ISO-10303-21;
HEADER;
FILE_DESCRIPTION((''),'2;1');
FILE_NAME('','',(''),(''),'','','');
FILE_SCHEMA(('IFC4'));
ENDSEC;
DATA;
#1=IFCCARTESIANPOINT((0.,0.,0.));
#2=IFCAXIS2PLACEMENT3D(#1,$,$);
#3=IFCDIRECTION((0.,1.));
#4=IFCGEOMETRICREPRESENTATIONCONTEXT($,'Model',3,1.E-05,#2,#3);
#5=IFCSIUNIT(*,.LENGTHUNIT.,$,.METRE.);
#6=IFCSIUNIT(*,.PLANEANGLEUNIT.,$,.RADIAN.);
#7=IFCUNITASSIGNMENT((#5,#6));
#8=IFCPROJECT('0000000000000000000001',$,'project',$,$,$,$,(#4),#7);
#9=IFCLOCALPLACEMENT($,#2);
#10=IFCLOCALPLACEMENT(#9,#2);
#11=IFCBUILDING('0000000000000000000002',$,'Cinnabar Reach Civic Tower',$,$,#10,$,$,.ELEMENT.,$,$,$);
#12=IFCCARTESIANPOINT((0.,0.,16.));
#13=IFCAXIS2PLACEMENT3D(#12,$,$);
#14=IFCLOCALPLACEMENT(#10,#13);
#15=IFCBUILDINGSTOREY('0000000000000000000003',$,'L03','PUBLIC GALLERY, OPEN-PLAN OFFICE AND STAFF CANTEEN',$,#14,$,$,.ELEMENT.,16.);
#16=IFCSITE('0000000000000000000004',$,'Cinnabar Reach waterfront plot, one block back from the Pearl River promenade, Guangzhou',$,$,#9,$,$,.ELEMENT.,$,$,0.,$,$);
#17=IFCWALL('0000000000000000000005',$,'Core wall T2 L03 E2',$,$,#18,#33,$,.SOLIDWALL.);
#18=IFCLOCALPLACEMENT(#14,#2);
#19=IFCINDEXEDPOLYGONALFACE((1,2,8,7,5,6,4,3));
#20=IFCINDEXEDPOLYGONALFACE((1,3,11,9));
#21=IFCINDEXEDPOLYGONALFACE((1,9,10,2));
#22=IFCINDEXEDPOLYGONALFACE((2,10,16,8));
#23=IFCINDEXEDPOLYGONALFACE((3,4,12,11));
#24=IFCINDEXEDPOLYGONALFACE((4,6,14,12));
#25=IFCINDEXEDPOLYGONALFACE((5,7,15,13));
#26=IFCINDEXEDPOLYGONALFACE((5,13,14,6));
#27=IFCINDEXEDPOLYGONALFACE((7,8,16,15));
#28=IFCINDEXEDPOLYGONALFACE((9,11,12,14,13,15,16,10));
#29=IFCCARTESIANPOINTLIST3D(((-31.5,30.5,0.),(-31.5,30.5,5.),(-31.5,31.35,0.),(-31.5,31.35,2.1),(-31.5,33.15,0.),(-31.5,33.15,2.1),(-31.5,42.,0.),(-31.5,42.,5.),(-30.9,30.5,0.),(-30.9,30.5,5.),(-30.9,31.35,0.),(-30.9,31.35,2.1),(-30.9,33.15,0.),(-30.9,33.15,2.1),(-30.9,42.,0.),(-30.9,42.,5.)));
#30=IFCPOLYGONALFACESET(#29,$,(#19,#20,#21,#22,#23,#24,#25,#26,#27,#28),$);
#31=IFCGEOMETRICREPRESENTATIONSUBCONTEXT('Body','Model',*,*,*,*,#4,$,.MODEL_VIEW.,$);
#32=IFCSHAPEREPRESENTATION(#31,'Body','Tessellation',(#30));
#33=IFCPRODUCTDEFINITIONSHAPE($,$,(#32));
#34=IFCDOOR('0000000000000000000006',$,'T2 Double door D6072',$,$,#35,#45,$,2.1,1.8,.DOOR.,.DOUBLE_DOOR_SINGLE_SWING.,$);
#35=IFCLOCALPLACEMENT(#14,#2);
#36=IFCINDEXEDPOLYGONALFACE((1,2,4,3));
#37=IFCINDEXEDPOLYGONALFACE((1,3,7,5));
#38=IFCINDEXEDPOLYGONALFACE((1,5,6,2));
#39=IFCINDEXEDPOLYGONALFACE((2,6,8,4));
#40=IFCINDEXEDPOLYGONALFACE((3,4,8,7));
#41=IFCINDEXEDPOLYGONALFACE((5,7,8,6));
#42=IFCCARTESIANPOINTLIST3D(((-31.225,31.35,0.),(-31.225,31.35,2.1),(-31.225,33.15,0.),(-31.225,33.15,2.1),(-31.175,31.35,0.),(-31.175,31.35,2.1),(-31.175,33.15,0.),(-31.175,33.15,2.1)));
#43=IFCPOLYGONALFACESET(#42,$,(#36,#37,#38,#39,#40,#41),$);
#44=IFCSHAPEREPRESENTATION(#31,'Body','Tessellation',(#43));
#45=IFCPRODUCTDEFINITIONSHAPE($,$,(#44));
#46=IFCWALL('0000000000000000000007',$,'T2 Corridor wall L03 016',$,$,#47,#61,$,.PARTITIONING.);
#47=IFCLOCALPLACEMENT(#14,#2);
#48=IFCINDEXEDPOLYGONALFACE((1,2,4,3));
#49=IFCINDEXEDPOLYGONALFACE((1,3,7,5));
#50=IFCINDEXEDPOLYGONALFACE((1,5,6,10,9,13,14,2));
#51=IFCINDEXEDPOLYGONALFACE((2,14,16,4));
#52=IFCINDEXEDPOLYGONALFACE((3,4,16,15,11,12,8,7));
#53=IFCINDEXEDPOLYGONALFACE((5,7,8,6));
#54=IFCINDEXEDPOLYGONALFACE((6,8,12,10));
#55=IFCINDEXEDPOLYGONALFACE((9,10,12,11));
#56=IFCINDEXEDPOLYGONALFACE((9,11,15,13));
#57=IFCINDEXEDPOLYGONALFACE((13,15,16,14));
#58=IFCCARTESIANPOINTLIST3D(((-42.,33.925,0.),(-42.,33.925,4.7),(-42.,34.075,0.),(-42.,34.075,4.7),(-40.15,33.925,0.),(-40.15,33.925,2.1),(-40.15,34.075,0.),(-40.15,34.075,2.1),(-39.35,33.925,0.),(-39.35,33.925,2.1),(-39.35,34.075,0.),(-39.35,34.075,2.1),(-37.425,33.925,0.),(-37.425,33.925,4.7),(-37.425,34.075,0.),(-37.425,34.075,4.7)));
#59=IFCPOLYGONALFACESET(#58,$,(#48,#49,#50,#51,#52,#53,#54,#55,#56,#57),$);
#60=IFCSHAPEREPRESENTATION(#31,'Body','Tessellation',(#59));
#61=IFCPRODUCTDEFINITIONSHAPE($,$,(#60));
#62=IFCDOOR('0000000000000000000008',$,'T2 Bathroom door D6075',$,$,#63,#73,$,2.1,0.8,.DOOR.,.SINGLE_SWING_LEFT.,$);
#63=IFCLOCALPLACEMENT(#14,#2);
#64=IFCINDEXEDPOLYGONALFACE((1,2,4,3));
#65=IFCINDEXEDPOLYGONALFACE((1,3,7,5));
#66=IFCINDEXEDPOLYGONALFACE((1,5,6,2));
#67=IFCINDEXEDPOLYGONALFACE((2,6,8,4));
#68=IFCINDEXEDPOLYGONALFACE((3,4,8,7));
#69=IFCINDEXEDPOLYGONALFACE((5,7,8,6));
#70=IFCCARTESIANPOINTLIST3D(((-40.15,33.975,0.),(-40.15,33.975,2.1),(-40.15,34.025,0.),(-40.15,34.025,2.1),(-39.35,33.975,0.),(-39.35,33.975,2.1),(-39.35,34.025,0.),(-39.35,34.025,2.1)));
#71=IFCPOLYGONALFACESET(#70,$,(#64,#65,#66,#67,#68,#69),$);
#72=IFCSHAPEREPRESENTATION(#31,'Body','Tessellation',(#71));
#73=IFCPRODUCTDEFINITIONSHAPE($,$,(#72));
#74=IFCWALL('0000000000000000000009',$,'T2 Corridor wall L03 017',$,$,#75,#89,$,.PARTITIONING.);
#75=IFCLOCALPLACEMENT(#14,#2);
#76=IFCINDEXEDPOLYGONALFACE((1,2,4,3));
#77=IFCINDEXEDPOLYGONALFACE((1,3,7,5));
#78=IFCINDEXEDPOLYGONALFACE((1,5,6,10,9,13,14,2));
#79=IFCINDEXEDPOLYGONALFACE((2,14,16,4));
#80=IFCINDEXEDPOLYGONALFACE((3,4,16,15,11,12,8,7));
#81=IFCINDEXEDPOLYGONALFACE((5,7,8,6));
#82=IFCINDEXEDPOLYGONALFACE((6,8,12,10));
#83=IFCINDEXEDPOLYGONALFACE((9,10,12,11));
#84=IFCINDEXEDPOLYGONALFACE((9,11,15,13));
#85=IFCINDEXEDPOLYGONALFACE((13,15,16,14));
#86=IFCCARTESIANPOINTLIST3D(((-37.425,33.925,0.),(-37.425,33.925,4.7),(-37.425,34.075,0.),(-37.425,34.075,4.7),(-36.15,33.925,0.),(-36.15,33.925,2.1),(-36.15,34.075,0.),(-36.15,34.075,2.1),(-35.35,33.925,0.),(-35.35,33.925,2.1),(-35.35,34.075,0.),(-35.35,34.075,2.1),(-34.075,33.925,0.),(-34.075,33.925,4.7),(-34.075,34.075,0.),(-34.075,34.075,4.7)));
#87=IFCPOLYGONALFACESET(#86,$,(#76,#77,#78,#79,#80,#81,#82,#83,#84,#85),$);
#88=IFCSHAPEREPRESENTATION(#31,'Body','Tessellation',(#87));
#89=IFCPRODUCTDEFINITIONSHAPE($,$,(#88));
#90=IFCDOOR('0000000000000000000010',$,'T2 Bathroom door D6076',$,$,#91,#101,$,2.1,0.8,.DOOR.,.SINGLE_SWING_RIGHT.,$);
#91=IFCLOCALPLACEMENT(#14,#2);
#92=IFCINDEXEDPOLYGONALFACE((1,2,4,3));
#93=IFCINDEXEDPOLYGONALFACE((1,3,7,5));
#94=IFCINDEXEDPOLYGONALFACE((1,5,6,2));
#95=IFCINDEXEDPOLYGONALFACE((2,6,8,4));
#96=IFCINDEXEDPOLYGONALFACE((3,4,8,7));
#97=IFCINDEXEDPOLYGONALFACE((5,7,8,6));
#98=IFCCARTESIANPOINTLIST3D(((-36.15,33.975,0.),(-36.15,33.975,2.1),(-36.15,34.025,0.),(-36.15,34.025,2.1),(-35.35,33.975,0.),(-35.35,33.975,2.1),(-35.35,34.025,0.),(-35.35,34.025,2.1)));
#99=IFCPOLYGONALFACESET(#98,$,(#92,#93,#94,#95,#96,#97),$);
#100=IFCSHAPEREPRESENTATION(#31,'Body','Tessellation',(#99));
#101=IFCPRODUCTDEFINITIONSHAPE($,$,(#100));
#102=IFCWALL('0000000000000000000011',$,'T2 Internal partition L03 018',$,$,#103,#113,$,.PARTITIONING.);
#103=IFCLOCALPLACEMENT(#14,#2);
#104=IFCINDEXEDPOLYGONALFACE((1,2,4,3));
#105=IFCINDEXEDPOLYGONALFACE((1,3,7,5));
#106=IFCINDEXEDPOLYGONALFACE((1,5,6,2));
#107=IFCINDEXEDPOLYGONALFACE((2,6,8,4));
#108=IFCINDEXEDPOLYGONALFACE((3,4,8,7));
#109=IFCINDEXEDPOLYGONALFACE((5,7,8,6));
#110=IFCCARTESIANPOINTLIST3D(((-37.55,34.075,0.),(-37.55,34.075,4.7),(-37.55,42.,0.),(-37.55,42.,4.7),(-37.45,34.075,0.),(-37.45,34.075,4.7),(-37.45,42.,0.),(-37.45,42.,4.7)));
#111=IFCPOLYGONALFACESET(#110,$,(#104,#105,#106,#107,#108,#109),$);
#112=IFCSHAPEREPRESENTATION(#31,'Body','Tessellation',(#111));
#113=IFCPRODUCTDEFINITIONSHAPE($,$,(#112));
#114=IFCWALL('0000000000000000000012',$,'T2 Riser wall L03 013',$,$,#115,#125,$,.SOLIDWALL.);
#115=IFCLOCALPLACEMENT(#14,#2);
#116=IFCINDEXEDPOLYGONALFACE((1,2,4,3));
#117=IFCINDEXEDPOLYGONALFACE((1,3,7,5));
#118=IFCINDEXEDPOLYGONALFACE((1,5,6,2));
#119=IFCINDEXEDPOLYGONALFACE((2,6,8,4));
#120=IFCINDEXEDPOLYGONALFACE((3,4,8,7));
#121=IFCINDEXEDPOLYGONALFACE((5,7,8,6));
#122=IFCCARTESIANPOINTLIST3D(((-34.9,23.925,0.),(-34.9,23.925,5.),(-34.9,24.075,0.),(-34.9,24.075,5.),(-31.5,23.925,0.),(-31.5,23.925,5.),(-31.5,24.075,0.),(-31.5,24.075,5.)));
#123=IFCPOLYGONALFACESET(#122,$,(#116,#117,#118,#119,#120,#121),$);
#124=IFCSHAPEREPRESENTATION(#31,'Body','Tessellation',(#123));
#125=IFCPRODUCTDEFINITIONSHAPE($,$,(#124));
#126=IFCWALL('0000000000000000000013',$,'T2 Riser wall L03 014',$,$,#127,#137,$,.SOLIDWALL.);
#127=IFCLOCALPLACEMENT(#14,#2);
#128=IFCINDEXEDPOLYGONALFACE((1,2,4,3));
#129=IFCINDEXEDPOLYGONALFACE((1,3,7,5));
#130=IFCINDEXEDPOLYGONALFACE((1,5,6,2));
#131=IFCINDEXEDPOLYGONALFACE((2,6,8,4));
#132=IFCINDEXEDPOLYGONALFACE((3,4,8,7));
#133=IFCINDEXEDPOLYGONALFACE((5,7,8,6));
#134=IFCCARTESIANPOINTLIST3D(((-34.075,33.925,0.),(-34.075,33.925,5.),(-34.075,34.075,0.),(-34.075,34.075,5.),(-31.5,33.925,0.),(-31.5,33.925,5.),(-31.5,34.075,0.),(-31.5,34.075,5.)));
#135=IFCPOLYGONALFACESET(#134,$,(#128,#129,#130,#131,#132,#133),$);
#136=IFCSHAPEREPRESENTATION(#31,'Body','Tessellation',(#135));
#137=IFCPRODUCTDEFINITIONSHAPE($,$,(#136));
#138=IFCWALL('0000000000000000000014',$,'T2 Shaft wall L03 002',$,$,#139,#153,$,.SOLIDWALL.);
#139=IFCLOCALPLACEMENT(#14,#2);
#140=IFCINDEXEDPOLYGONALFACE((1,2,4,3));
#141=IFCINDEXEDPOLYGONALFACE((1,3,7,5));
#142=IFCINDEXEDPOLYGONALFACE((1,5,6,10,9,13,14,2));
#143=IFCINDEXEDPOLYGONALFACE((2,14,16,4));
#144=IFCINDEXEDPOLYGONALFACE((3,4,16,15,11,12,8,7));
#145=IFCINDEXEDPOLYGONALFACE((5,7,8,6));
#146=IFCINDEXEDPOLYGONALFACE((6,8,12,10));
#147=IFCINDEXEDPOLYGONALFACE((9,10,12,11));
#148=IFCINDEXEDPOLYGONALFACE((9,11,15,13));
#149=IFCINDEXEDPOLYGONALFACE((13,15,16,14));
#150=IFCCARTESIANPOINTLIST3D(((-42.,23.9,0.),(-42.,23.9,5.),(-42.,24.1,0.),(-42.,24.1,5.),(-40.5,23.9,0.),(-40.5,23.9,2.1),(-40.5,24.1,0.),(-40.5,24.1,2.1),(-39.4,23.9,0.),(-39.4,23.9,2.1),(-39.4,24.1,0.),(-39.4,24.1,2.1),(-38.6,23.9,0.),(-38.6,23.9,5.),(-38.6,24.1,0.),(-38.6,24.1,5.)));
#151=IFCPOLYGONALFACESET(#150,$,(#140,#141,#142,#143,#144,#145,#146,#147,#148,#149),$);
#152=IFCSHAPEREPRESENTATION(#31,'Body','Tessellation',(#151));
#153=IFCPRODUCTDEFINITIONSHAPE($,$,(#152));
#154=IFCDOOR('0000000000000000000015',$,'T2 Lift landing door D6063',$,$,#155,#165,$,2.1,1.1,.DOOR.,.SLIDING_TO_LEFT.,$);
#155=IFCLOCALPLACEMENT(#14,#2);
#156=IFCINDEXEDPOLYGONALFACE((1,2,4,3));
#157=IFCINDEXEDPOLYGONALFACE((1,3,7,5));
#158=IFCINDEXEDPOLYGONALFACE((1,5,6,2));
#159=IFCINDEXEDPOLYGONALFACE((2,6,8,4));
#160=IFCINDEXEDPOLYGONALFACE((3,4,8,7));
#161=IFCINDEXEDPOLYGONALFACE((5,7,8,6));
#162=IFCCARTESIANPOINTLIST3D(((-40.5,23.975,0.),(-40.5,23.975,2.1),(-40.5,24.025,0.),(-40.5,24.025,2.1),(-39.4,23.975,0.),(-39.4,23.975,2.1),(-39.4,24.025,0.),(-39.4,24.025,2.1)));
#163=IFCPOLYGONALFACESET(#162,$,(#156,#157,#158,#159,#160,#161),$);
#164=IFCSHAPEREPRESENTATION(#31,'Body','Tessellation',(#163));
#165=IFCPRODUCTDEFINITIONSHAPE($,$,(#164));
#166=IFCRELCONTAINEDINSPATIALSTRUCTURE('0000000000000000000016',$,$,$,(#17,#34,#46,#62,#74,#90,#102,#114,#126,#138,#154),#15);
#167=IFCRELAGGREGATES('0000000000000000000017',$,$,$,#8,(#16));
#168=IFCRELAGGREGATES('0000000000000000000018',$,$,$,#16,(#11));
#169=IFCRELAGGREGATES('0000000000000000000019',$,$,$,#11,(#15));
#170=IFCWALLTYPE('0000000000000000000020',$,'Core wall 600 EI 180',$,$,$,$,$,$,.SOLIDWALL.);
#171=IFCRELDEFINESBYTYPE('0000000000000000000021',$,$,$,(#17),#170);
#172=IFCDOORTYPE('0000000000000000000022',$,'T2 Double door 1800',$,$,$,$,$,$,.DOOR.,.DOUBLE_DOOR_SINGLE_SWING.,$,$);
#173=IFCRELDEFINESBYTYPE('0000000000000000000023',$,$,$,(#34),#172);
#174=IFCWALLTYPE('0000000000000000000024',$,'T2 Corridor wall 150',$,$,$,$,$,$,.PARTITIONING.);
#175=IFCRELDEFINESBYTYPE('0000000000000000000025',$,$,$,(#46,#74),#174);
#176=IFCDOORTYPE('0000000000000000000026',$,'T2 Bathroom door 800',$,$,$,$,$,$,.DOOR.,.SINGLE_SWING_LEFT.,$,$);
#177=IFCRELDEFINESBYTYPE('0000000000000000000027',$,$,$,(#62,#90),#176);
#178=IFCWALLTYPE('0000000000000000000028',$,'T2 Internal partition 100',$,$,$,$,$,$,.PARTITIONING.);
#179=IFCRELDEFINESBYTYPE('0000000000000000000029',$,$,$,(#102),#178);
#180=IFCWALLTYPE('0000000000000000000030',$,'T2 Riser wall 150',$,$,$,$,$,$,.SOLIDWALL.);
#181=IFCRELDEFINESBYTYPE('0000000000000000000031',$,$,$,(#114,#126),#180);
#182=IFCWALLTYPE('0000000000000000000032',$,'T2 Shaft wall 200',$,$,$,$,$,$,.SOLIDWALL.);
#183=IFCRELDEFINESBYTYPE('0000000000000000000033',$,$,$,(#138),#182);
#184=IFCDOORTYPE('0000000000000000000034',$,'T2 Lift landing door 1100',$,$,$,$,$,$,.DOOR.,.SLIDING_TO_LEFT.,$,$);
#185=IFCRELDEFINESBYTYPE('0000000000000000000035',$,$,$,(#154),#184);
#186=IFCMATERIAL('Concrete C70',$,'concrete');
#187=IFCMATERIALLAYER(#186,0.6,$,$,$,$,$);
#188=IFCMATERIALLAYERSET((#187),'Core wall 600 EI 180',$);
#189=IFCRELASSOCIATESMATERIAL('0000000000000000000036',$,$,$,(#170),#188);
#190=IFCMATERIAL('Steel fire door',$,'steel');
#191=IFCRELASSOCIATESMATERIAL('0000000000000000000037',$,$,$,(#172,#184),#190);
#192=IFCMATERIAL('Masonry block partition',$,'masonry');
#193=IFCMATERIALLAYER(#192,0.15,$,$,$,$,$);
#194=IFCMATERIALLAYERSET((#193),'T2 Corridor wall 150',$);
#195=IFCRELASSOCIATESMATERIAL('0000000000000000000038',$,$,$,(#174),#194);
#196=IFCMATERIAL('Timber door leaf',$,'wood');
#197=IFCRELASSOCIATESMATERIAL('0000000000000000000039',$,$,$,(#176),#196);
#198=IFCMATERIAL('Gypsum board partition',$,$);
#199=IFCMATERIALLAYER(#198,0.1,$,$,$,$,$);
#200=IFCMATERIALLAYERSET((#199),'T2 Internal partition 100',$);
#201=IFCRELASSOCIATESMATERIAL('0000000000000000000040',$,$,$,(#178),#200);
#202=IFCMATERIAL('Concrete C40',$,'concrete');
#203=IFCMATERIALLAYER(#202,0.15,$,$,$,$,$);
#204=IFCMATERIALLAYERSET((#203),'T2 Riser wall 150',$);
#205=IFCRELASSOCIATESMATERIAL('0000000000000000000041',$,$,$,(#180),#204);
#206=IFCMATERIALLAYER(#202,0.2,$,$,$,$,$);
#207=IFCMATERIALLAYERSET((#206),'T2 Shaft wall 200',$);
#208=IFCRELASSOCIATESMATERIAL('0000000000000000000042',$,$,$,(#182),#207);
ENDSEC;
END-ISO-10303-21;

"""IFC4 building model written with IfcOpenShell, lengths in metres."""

from ifc_helpers import new_model, si_unit, direction, frame, frame_2d, origin, place, context, subcontext, project, spatial, rectangle, extrude, material, layer, layer_set, type_object, element, fill, save


model = new_model("IFC4")

# Units and contexts
model_context = context("Model", 3, precision=1e-05, world=origin(), true_north=direction((0.0, 1.0)))
body_context = subcontext(model_context, "Body", "Model", "MODEL_VIEW")
ifc_project = project(units=[si_unit("LENGTHUNIT", "METRE"), si_unit("PLANEANGLEUNIT", "RADIAN")], contexts=[model_context])

# Site, building, storey
site_placement = place(None, origin())
site = spatial("IfcSite", under=ifc_project, at=site_placement, Name="Cinnabar Reach waterfront plot, one block back from the Pearl River promenade, Guangzhou", CompositionType="ELEMENT", RefElevation=0.0)
building_placement = place(site_placement, origin())
building = spatial("IfcBuilding", under=site, at=building_placement, Name="Cinnabar Reach Civic Tower", CompositionType="ELEMENT")
storey_placement = place(building_placement, frame((0.0, 0.0, 16.0)))
storey = spatial("IfcBuildingStorey", under=building, at=storey_placement, Name="L03", Description="PUBLIC GALLERY, OPEN-PLAN OFFICE AND STAFF CANTEEN", CompositionType="ELEMENT", Elevation=16.0)

# Walls, openings, doors
ifc_material_1 = material(Name="Concrete C70", Category="concrete")
ifc_layer_1 = layer(ifc_material_1, 0.6)
ifc_layer_set_1 = layer_set([ifc_layer_1], Name="Core wall 600 EI 180")
wall_type_1 = type_object("IfcWallType", Name="Core wall 600 EI 180", PredefinedType="SOLIDWALL", material=ifc_layer_set_1)
wall_1_placement = place(storey_placement, frame((-31.2, 30.5, 0.0), z_axis=(0.0, 0.0, 1.0), x_axis=(0.0, 1.0, 0.0)))
wall_1 = element("IfcWall", 1, at=wall_1_placement, inside=storey, type_object=wall_type_1, Name="Core wall T2 L03 E2", PredefinedType="SOLIDWALL", context=body_context, shape_type="SweptSolid", body=[
    extrude(rectangle(XDim=11.5, YDim=0.6, at=frame_2d((5.75, 0.0))), origin(), (0.0, 0.0, 1.0), 5.0),
])
opening_1_placement = place(wall_1_placement, frame((0.85, 0.0, 0.0)))
opening_1 = element("IfcOpeningElement", 2, at=opening_1_placement, cuts=wall_1, PredefinedType="OPENING", context=body_context, shape_type="SweptSolid", body=[
    extrude(rectangle(XDim=1.8, YDim=2.1, at=frame_2d((0.9, 1.05))), frame((0.0, 0.31, 0.0), z_axis=(0.0, -1.0, 0.0), x_axis=(1.0, 0.0, 0.0)), (0.0, 0.0, 1.0), 0.62),
])
ifc_material_2 = material(Name="Steel fire door", Category="steel")
door_type_1 = type_object("IfcDoorType", Name="T2 Double door 1800", OperationType="DOUBLE_DOOR_SINGLE_SWING", PredefinedType="DOOR", material=ifc_material_2)
door_1_placement = place(opening_1_placement, origin())
door_1 = element("IfcDoor", 3, at=door_1_placement, inside=storey, type_object=door_type_1, Name="T2 Double door D6072", OperationType="DOUBLE_DOOR_SINGLE_SWING", OverallHeight=2.1, OverallWidth=1.8, PredefinedType="DOOR", context=body_context, shape_type="SweptSolid", body=[
    extrude(rectangle(XDim=1.8, YDim=2.1, at=frame_2d((0.9, 1.05))), frame((0.0, 0.025, 0.0), z_axis=(0.0, -1.0, 0.0), x_axis=(1.0, 0.0, 0.0)), (0.0, 0.0, 1.0), 0.05),
])
fill(opening_1, door_1)
ifc_material_3 = material(Name="Masonry block partition", Category="masonry")
ifc_layer_2 = layer(ifc_material_3, 0.15)
ifc_layer_set_2 = layer_set([ifc_layer_2], Name="T2 Corridor wall 150")
wall_type_2 = type_object("IfcWallType", Name="T2 Corridor wall 150", PredefinedType="PARTITIONING", material=ifc_layer_set_2)
wall_2_placement = place(storey_placement, frame((-37.425, 34.0, 0.0), z_axis=(0.0, 0.0, 1.0), x_axis=(-1.0, 0.0, 0.0)))
wall_2 = element("IfcWall", 4, at=wall_2_placement, inside=storey, type_object=wall_type_2, Name="T2 Corridor wall L03 016", PredefinedType="PARTITIONING", context=body_context, shape_type="SweptSolid", body=[
    extrude(rectangle(XDim=4.575, YDim=0.15, at=frame_2d((2.2875, 0.0))), origin(), (0.0, 0.0, 1.0), 4.7),
])
opening_2_placement = place(wall_2_placement, frame((1.925, 0.0, 0.0)))
opening_2 = element("IfcOpeningElement", 5, at=opening_2_placement, cuts=wall_2, PredefinedType="OPENING", context=body_context, shape_type="SweptSolid", body=[
    extrude(rectangle(XDim=0.8, YDim=2.1, at=frame_2d((0.4, 1.05))), frame((0.0, 0.085, 0.0), z_axis=(0.0, -1.0, 0.0), x_axis=(1.0, 0.0, 0.0)), (0.0, 0.0, 1.0), 0.17),
])
ifc_material_4 = material(Name="Timber door leaf", Category="wood")
door_type_2 = type_object("IfcDoorType", Name="T2 Bathroom door 800", OperationType="SINGLE_SWING_LEFT", PredefinedType="DOOR", material=ifc_material_4)
door_2_placement = place(opening_2_placement, frame((0.8, 0.0, 0.0), z_axis=(0.0, 0.0, 1.0), x_axis=(-1.0, 0.0, 0.0)))
door_2 = element("IfcDoor", 6, at=door_2_placement, inside=storey, type_object=door_type_2, Name="T2 Bathroom door D6075", OperationType="SINGLE_SWING_LEFT", OverallHeight=2.1, OverallWidth=0.8, PredefinedType="DOOR", context=body_context, shape_type="SweptSolid", body=[
    extrude(rectangle(XDim=0.8, YDim=2.1, at=frame_2d((0.4, 1.05))), frame((0.0, 0.025, 0.0), z_axis=(0.0, -1.0, 0.0), x_axis=(1.0, 0.0, 0.0)), (0.0, 0.0, 1.0), 0.05),
])
fill(opening_2, door_2)
wall_3_placement = place(storey_placement, frame((-34.075, 34.0, 0.0), z_axis=(0.0, 0.0, 1.0), x_axis=(-1.0, 0.0, 0.0)))
wall_3 = element("IfcWall", 7, at=wall_3_placement, inside=storey, type_object=wall_type_2, Name="T2 Corridor wall L03 017", PredefinedType="PARTITIONING", context=body_context, shape_type="SweptSolid", body=[
    extrude(rectangle(XDim=3.35, YDim=0.15, at=frame_2d((1.675, 0.0))), origin(), (0.0, 0.0, 1.0), 4.7),
])
opening_3_placement = place(wall_3_placement, frame((1.275, 0.0, 0.0)))
opening_3 = element("IfcOpeningElement", 8, at=opening_3_placement, cuts=wall_3, PredefinedType="OPENING", context=body_context, shape_type="SweptSolid", body=[
    extrude(rectangle(XDim=0.8, YDim=2.1, at=frame_2d((0.4, 1.05))), frame((0.0, 0.085, 0.0), z_axis=(0.0, -1.0, 0.0), x_axis=(1.0, 0.0, 0.0)), (0.0, 0.0, 1.0), 0.17),
])
door_3_placement = place(opening_3_placement, frame((0.8, 0.0, 0.0), z_axis=(0.0, 0.0, 1.0), x_axis=(-1.0, 0.0, 0.0)))
door_3 = element("IfcDoor", 9, at=door_3_placement, inside=storey, type_object=door_type_2, Name="T2 Bathroom door D6076", OperationType="SINGLE_SWING_RIGHT", OverallHeight=2.1, OverallWidth=0.8, PredefinedType="DOOR", context=body_context, shape_type="SweptSolid", body=[
    extrude(rectangle(XDim=0.8, YDim=2.1, at=frame_2d((0.4, 1.05))), frame((0.0, 0.025, 0.0), z_axis=(0.0, -1.0, 0.0), x_axis=(1.0, 0.0, 0.0)), (0.0, 0.0, 1.0), 0.05),
])
fill(opening_3, door_3)

# Walls
ifc_material_5 = material(Name="Gypsum board partition")
ifc_layer_3 = layer(ifc_material_5, 0.1)
ifc_layer_set_3 = layer_set([ifc_layer_3], Name="T2 Internal partition 100")
wall_type_3 = type_object("IfcWallType", Name="T2 Internal partition 100", PredefinedType="PARTITIONING", material=ifc_layer_set_3)
wall_4_placement = place(storey_placement, frame((-37.5, 34.075, 0.0), z_axis=(0.0, 0.0, 1.0), x_axis=(0.0, 1.0, 0.0)))
element("IfcWall", 10, at=wall_4_placement, inside=storey, type_object=wall_type_3, Name="T2 Internal partition L03 018", PredefinedType="PARTITIONING", context=body_context, shape_type="SweptSolid", body=[
    extrude(rectangle(XDim=7.925, YDim=0.1, at=frame_2d((3.9625, 0.0))), origin(), (0.0, 0.0, 1.0), 4.7),
])
ifc_material_6 = material(Name="Concrete C40", Category="concrete")
ifc_layer_4 = layer(ifc_material_6, 0.15)
ifc_layer_set_4 = layer_set([ifc_layer_4], Name="T2 Riser wall 150")
wall_type_4 = type_object("IfcWallType", Name="T2 Riser wall 150", PredefinedType="SOLIDWALL", material=ifc_layer_set_4)
wall_5_placement = place(storey_placement, frame((-31.5, 24.0, 0.0), z_axis=(0.0, 0.0, 1.0), x_axis=(-1.0, 0.0, 0.0)))
element("IfcWall", 11, at=wall_5_placement, inside=storey, type_object=wall_type_4, Name="T2 Riser wall L03 013", PredefinedType="SOLIDWALL", context=body_context, shape_type="SweptSolid", body=[
    extrude(rectangle(XDim=3.4, YDim=0.15, at=frame_2d((1.7, 0.0))), origin(), (0.0, 0.0, 1.0), 5.0),
])
wall_6_placement = place(storey_placement, frame((-34.075, 34.0, 0.0), z_axis=(0.0, 0.0, 1.0), x_axis=(1.0, 0.0, 0.0)))
element("IfcWall", 12, at=wall_6_placement, inside=storey, type_object=wall_type_4, Name="T2 Riser wall L03 014", PredefinedType="SOLIDWALL", context=body_context, shape_type="SweptSolid", body=[
    extrude(rectangle(XDim=2.575, YDim=0.15, at=frame_2d((1.2875, 0.0))), origin(), (0.0, 0.0, 1.0), 5.0),
])

# Wall, opening, door
ifc_layer_5 = layer(ifc_material_6, 0.2)
ifc_layer_set_5 = layer_set([ifc_layer_5], Name="T2 Shaft wall 200")
wall_type_5 = type_object("IfcWallType", Name="T2 Shaft wall 200", PredefinedType="SOLIDWALL", material=ifc_layer_set_5)
wall_7_placement = place(storey_placement, frame((-38.6, 24.0, 0.0), z_axis=(0.0, 0.0, 1.0), x_axis=(-1.0, 0.0, 0.0)))
wall_7 = element("IfcWall", 13, at=wall_7_placement, inside=storey, type_object=wall_type_5, Name="T2 Shaft wall L03 002", PredefinedType="SOLIDWALL", context=body_context, shape_type="SweptSolid", body=[
    extrude(rectangle(XDim=3.4, YDim=0.2, at=frame_2d((1.7, 0.0))), origin(), (0.0, 0.0, 1.0), 5.0),
])
opening_4_placement = place(wall_7_placement, frame((0.8, 0.0, 0.0)))
opening_4 = element("IfcOpeningElement", 14, at=opening_4_placement, cuts=wall_7, PredefinedType="OPENING", context=body_context, shape_type="SweptSolid", body=[
    extrude(rectangle(XDim=1.1, YDim=2.1, at=frame_2d((0.55, 1.05))), frame((0.0, 0.11, 0.0), z_axis=(0.0, -1.0, 0.0), x_axis=(1.0, 0.0, 0.0)), (0.0, 0.0, 1.0), 0.22),
])
door_type_3 = type_object("IfcDoorType", Name="T2 Lift landing door 1100", OperationType="SLIDING_TO_LEFT", PredefinedType="DOOR", material=ifc_material_2)
door_4_placement = place(opening_4_placement, origin())
door_4 = element("IfcDoor", 15, at=door_4_placement, inside=storey, type_object=door_type_3, Name="T2 Lift landing door D6063", OperationType="SLIDING_TO_LEFT", OverallHeight=2.1, OverallWidth=1.1, PredefinedType="DOOR", context=body_context, shape_type="SweptSolid", body=[
    extrude(rectangle(XDim=1.1, YDim=2.1, at=frame_2d((0.55, 1.05))), frame((0.0, 0.025, 0.0), z_axis=(0.0, -1.0, 0.0), x_axis=(1.0, 0.0, 0.0)), (0.0, 0.0, 1.0), 0.05),
])
fill(opening_4, door_4)

save(model, "model.ifc")
